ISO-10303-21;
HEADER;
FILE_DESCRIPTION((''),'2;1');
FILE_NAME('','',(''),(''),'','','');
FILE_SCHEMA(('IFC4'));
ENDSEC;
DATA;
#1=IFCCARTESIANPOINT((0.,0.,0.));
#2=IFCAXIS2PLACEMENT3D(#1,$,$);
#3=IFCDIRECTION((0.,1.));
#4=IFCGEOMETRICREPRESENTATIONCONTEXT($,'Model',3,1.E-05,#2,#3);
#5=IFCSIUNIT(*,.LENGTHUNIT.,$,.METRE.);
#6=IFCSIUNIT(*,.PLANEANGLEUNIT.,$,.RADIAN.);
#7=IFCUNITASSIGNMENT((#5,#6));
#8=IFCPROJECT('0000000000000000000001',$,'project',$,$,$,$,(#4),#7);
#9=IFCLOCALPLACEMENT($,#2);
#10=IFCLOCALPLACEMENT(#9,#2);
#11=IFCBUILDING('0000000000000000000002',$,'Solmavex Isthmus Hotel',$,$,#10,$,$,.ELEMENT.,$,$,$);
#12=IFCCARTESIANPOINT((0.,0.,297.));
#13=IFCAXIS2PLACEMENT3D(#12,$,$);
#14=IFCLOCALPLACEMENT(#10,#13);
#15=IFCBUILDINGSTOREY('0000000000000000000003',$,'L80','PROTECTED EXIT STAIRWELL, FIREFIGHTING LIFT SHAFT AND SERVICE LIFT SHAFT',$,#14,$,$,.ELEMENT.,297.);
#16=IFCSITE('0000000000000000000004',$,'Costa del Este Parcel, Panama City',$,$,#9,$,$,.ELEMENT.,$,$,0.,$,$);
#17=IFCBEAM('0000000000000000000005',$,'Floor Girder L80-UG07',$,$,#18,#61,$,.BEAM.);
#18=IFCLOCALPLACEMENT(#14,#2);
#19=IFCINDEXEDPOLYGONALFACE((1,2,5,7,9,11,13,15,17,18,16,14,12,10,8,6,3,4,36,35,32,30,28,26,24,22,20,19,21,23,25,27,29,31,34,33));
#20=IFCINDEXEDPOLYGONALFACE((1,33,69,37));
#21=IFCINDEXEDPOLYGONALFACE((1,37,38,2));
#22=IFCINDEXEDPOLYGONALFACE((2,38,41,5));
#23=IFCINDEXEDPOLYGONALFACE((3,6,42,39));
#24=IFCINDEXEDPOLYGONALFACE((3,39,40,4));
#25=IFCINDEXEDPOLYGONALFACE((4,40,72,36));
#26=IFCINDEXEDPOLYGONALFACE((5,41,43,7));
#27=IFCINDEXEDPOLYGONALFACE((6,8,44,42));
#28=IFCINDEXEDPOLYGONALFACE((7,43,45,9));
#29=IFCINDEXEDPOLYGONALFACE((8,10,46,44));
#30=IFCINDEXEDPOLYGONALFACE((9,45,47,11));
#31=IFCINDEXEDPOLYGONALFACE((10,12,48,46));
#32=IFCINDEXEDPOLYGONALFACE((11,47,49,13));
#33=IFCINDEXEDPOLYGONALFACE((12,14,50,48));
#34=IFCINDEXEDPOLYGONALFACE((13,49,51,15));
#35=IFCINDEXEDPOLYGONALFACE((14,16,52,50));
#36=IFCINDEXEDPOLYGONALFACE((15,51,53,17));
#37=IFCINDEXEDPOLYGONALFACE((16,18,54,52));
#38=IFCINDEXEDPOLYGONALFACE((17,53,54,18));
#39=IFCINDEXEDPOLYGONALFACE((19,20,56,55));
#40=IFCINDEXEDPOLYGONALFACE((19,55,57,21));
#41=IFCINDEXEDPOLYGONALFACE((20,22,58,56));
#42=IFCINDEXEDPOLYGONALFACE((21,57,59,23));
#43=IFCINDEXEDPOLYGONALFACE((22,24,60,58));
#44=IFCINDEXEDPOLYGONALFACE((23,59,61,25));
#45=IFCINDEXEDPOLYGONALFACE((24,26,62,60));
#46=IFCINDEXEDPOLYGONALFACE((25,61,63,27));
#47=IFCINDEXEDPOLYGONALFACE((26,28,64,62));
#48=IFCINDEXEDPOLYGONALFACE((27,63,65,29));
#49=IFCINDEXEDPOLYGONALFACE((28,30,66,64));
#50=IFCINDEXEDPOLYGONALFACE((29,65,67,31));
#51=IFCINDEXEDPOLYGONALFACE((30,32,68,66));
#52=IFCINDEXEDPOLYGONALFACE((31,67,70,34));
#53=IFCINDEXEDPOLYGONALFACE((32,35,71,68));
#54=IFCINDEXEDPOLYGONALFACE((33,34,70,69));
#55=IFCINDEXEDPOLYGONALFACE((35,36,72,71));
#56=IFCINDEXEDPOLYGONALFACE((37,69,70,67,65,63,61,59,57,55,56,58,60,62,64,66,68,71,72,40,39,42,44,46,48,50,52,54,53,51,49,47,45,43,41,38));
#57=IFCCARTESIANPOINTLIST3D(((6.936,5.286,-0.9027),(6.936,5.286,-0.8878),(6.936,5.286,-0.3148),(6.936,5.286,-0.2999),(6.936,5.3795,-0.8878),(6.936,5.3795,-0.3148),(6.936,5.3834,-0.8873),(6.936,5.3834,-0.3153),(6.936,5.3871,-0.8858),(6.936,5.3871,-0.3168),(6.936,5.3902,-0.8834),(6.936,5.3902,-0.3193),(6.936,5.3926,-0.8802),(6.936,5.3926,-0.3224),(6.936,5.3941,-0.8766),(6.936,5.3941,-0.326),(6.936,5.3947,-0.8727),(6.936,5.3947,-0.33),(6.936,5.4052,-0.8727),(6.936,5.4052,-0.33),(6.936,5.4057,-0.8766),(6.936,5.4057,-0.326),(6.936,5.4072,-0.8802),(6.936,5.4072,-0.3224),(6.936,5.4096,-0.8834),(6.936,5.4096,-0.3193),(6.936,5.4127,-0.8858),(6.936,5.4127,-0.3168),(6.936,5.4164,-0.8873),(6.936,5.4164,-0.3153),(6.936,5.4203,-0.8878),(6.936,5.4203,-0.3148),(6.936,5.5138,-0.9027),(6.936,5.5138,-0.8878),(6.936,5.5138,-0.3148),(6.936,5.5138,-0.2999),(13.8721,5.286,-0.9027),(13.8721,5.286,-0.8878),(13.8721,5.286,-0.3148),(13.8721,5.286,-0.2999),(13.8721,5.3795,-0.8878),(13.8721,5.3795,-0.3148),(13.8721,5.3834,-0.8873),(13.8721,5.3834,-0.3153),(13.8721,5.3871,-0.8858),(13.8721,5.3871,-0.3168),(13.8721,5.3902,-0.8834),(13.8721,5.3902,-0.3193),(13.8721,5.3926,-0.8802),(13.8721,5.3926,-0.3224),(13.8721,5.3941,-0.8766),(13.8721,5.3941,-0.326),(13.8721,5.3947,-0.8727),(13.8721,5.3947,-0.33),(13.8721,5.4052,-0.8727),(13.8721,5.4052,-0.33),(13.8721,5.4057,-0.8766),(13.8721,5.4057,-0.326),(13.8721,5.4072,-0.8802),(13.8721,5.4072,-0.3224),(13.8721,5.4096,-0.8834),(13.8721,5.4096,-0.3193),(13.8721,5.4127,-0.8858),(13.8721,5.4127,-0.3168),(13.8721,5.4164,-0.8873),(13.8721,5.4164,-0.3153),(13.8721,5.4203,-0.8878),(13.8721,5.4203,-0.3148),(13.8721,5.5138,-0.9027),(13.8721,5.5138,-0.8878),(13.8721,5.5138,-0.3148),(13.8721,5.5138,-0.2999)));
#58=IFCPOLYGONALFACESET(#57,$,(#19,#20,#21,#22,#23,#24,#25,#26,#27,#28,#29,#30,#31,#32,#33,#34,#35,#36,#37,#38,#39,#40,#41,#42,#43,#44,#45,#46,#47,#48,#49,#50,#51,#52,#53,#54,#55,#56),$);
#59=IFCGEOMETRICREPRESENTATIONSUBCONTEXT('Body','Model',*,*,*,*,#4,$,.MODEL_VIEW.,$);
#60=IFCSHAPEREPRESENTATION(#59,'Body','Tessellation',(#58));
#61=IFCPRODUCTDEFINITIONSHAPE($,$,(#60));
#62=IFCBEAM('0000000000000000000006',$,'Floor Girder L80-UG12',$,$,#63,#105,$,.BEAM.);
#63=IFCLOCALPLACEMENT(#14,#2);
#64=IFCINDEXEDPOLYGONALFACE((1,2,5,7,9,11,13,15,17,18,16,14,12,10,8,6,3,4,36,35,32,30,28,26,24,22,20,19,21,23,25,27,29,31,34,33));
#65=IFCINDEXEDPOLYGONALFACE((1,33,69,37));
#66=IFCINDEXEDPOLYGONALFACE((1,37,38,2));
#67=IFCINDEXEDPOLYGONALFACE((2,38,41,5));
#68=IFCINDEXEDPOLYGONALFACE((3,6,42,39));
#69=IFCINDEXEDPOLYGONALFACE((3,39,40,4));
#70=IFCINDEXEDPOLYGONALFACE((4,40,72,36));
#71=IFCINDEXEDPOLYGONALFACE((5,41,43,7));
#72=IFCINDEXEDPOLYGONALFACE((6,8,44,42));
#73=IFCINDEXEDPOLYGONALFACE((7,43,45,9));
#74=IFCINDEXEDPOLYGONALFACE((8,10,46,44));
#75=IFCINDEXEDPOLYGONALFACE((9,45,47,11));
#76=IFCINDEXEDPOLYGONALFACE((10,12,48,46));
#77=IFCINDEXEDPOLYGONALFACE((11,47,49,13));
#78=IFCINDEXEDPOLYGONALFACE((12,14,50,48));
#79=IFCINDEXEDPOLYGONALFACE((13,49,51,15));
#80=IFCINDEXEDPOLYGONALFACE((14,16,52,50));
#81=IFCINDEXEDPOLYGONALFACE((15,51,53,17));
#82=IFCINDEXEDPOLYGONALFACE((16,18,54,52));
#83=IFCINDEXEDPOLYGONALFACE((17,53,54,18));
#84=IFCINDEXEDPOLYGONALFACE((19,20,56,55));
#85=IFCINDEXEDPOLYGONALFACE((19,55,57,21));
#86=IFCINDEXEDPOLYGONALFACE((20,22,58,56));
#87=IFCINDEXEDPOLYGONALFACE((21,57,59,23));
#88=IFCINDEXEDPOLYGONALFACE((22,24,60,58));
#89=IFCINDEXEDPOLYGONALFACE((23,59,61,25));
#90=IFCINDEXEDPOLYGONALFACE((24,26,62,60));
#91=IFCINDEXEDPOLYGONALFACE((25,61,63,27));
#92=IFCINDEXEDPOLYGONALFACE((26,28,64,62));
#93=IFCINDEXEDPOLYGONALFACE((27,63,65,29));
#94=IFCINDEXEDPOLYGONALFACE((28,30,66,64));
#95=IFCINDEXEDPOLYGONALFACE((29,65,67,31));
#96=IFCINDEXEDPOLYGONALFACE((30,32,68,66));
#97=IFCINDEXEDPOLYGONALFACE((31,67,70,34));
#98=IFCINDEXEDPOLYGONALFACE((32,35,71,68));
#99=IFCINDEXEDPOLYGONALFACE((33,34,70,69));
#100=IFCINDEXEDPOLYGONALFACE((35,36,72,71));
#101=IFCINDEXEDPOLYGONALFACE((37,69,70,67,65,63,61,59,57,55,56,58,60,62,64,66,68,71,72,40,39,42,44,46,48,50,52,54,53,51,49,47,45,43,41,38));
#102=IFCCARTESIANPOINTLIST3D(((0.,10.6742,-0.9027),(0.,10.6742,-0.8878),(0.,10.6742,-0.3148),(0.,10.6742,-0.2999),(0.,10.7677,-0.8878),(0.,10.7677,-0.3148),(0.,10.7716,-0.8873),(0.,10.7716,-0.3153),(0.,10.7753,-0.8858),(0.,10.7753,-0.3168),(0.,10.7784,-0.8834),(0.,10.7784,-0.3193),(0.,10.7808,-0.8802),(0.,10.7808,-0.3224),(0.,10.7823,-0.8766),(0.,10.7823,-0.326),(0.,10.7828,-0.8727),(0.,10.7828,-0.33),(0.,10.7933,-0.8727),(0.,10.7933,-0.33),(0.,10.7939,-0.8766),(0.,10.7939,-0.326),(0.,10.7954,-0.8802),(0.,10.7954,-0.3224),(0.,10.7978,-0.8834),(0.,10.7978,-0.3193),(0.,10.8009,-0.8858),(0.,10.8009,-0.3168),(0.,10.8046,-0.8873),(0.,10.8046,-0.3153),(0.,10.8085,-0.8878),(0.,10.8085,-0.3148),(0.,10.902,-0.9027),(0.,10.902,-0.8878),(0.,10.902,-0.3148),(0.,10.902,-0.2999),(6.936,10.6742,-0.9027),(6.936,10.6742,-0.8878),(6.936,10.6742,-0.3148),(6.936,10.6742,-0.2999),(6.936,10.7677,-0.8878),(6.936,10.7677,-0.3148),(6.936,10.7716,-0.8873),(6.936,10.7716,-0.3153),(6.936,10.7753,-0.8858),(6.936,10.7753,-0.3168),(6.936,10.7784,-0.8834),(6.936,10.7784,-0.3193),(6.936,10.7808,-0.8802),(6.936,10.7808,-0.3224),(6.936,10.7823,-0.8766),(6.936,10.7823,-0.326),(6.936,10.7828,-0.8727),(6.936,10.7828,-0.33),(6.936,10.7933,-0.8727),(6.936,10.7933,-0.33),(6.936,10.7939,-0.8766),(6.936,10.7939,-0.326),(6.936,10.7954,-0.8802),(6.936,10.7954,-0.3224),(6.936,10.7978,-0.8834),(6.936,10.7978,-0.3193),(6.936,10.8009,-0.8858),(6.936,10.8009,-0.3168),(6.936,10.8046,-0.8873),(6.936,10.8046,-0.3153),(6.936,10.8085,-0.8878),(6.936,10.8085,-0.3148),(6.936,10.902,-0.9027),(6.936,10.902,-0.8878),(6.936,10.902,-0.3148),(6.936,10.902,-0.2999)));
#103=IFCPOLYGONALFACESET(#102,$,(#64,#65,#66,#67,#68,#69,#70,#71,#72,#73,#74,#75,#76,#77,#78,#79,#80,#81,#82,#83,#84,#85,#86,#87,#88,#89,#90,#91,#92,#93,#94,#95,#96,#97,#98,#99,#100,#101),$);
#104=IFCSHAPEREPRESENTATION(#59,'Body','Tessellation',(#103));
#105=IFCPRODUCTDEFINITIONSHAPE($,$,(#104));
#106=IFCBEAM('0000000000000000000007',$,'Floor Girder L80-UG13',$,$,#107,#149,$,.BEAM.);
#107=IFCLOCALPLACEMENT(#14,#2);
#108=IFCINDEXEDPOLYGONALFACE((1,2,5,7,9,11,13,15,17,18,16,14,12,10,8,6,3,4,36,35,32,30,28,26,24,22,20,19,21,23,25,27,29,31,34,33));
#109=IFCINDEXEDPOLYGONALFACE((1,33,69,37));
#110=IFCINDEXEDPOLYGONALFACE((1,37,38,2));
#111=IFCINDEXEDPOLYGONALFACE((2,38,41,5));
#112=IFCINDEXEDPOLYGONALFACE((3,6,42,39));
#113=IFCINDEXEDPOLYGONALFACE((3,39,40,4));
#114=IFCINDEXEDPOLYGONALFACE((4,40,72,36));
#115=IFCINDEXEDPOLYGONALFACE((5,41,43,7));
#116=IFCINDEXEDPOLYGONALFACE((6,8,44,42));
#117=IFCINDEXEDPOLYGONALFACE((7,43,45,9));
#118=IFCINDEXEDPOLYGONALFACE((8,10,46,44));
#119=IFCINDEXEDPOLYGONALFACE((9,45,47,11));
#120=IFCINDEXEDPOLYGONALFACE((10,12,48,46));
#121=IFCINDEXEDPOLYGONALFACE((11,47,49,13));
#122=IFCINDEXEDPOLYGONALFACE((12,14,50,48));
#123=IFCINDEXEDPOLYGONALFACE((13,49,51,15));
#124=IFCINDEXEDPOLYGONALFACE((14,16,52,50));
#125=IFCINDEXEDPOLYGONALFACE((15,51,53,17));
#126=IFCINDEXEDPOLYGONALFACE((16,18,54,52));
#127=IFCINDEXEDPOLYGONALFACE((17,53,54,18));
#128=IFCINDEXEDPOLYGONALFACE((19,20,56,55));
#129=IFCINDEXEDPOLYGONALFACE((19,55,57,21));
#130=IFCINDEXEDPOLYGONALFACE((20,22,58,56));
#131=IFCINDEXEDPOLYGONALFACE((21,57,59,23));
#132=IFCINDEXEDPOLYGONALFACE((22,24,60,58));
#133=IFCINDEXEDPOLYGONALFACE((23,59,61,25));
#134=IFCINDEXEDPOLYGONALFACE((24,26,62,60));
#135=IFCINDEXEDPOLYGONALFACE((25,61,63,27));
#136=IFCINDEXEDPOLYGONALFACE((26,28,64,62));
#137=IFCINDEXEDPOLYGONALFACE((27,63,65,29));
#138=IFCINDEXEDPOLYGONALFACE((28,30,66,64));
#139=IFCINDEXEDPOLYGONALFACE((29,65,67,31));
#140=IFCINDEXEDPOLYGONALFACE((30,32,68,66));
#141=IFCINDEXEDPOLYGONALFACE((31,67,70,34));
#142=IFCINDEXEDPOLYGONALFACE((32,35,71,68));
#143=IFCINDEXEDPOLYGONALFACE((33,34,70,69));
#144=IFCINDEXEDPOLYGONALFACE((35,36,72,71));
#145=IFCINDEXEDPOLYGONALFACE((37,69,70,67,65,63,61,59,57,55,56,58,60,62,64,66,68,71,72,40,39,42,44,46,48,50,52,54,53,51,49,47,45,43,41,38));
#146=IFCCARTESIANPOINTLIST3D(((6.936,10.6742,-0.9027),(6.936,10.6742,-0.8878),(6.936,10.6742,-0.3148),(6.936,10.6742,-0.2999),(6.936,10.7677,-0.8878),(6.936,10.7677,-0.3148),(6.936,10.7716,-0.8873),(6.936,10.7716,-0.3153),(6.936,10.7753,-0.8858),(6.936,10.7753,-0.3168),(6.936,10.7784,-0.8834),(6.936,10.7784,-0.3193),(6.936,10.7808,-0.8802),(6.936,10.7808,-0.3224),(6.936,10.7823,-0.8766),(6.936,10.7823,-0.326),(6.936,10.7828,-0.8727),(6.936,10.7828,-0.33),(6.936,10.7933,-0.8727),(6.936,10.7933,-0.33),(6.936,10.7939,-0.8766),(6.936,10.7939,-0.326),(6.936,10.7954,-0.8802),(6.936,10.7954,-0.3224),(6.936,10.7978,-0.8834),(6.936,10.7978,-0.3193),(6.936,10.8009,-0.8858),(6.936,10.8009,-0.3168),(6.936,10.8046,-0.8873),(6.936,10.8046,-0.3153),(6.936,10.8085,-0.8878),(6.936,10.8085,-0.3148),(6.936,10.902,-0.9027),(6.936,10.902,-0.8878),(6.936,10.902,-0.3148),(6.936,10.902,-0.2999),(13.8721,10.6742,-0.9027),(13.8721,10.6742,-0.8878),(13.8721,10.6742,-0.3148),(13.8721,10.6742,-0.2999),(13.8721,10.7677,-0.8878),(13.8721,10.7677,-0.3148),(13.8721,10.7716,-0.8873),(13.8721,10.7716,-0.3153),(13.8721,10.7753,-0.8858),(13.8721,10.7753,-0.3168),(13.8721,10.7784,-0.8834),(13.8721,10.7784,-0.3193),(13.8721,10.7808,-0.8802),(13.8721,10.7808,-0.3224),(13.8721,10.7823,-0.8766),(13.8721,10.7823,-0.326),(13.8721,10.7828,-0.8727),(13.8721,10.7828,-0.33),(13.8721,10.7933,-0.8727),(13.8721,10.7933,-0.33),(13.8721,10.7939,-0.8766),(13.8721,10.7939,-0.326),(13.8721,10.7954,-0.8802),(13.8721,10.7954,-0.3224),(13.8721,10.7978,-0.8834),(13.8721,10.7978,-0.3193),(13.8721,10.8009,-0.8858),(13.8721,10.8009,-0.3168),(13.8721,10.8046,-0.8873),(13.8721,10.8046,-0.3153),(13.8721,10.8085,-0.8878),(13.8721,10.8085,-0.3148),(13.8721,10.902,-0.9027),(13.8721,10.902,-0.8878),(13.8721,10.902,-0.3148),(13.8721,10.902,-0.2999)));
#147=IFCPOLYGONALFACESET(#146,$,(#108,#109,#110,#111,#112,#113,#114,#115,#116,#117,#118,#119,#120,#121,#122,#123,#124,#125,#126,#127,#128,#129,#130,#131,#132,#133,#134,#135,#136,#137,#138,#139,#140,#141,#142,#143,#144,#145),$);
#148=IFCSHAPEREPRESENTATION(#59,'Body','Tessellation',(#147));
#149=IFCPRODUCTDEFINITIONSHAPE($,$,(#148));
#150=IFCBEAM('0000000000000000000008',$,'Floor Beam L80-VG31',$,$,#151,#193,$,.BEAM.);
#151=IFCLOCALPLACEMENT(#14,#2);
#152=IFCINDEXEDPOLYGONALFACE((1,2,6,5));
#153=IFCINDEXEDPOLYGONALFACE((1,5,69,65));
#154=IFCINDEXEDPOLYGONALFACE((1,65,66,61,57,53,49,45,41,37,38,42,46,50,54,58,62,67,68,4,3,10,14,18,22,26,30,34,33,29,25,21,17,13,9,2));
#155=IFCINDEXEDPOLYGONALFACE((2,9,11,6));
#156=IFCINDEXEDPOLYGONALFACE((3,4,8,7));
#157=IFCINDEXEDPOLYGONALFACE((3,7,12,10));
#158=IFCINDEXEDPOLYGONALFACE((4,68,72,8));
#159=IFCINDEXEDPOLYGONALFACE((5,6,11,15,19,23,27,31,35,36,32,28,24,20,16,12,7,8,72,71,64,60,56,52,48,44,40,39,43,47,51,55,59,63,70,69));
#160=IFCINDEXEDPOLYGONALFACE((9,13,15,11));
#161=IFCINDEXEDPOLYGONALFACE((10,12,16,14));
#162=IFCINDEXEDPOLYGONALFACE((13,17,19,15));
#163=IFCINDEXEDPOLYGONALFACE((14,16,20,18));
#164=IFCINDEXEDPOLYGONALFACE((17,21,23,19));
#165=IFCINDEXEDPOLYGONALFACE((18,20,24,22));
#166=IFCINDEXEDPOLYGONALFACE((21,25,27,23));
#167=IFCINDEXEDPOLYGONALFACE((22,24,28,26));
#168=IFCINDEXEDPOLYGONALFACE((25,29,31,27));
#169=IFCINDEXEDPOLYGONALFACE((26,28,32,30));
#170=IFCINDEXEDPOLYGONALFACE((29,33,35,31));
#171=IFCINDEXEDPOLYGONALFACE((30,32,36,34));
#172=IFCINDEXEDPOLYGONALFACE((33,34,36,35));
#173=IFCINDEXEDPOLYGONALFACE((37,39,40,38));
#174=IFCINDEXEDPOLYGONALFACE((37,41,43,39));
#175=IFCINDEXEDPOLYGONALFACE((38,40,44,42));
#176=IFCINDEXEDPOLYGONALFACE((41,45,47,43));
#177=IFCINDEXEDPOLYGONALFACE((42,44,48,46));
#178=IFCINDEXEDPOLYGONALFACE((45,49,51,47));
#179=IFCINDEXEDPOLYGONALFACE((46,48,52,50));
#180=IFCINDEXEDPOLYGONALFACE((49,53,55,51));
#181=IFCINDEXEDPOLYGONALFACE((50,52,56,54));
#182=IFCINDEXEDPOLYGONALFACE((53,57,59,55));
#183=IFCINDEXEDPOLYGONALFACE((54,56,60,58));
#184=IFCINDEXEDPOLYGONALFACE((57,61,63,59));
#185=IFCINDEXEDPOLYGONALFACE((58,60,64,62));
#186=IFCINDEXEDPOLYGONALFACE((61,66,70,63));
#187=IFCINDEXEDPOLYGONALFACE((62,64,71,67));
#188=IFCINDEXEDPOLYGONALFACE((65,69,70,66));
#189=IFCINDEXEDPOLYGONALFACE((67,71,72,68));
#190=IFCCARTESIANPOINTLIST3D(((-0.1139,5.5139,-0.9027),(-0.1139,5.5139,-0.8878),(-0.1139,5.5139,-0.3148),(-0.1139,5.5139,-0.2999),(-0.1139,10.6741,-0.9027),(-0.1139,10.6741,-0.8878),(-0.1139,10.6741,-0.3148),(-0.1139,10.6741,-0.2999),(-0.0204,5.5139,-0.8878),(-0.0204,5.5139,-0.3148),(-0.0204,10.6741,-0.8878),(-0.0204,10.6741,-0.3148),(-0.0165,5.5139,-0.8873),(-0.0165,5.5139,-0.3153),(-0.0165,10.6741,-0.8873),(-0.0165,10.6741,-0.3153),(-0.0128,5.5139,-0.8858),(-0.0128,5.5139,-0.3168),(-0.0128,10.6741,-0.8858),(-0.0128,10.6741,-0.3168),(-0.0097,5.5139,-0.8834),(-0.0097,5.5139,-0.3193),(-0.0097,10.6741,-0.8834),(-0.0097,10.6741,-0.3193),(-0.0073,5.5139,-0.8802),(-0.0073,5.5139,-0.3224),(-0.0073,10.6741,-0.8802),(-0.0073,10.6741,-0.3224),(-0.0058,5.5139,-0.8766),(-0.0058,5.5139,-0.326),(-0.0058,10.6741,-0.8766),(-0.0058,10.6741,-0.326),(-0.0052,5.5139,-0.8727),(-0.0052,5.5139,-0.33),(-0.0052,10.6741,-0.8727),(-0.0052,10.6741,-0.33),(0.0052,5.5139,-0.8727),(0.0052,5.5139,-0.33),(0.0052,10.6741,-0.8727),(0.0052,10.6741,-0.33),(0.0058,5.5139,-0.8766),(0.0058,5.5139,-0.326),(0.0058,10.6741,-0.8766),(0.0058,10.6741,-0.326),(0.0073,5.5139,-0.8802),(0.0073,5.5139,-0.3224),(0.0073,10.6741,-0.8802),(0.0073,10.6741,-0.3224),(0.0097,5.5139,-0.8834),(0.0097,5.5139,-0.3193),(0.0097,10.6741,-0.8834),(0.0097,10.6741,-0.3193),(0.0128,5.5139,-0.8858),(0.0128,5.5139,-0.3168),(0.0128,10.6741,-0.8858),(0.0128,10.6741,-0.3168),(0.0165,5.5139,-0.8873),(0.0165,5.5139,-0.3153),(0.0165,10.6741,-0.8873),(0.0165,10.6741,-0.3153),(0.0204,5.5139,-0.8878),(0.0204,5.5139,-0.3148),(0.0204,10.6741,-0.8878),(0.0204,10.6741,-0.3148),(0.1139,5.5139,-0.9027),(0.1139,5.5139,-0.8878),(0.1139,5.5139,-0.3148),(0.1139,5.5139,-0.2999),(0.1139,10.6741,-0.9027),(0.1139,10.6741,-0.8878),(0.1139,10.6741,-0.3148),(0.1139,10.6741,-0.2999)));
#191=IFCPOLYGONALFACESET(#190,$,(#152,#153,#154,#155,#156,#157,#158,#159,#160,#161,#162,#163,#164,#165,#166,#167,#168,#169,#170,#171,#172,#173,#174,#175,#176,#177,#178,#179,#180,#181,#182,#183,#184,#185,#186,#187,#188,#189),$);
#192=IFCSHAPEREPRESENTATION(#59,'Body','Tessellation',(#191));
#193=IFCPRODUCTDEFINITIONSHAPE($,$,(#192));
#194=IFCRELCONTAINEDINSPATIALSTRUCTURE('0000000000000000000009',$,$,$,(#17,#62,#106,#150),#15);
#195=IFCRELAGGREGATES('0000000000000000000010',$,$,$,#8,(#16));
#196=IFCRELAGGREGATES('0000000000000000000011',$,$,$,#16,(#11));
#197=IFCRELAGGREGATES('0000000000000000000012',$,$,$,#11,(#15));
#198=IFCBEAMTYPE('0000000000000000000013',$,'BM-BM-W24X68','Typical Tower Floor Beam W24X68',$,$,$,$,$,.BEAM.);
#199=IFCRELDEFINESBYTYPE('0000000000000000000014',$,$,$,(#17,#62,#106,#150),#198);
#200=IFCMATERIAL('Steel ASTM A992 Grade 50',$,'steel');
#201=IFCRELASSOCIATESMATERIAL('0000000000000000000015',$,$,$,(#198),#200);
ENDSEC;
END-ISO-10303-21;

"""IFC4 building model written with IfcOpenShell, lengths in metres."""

from ifc_helpers import new_model, si_unit, direction, frame, origin, origin_2d, place, context, subcontext, project, spatial, i_section, extrude, material, material_profile, profile_set, type_object, element, save


model = new_model("IFC4")

# Units and contexts
model_context = context("Model", 3, precision=1e-05, world=origin(), true_north=direction((0.0, 1.0)))
body_context = subcontext(model_context, "Body", "Model", "MODEL_VIEW")
ifc_project = project(units=[si_unit("LENGTHUNIT", "METRE"), si_unit("PLANEANGLEUNIT", "RADIAN")], contexts=[model_context])

# Site, building, storey
site_placement = place(None, origin())
site = spatial("IfcSite", under=ifc_project, at=site_placement, Name="Costa del Este Parcel, Panama City", CompositionType="ELEMENT", RefElevation=0.0)
building_placement = place(site_placement, origin())
building = spatial("IfcBuilding", under=site, at=building_placement, Name="Solmavex Isthmus Hotel", CompositionType="ELEMENT")
storey_placement = place(building_placement, frame((0.0, 0.0, 297.0)))
storey = spatial("IfcBuildingStorey", under=building, at=storey_placement, Name="L80", Description="PROTECTED EXIT STAIRWELL, FIREFIGHTING LIFT SHAFT AND SERVICE LIFT SHAFT", CompositionType="ELEMENT", Elevation=297.0)

# Beams
ifc_material_1 = material(Name="Steel ASTM A992 Grade 50", Category="steel")
ifc_material_profile_1 = material_profile(ifc_material_1, i_section(OverallWidth=0.2278, OverallDepth=0.6028, WebThickness=0.0105, FlangeThickness=0.0149, FilletRadius=0.0151, at=origin_2d()), Name="W24X68")
ifc_profile_set_1 = profile_set([ifc_material_profile_1], Name="Steel ASTM A992 Grade 50")
beam_type_1 = type_object("IfcBeamType", Name="BM-BM-W24X68", Description="Typical Tower Floor Beam W24X68", PredefinedType="BEAM", material=ifc_profile_set_1)
for number, where, z_axis, x_axis, name in (
    (1, (6.936, 5.3999, -0.6013), (1.0, 0.0, 0.0), (0.0, 1.0, 0.0), "Floor Girder L80-UG07"),
    (2, (0.0, 10.7881, -0.6013), (1.0, 0.0, 0.0), (0.0, 1.0, 0.0), "Floor Girder L80-UG12"),
    (3, (6.936, 10.7881, -0.6013), (1.0, 0.0, 0.0), (0.0, 1.0, 0.0), "Floor Girder L80-UG13"),
):
    element("IfcBeam", number, at=place(storey_placement, frame(where, z_axis=z_axis, x_axis=x_axis)), inside=storey, type_object=beam_type_1, Name=name, PredefinedType="BEAM", context=body_context, shape_type="SweptSolid", body=[
        extrude(i_section(OverallWidth=0.2278, OverallDepth=0.6028, WebThickness=0.0105, FlangeThickness=0.0149, FilletRadius=0.0151, at=origin_2d()), origin(), (0.0, 0.0, 1.0), 6.936),
    ])
beam_1_placement = place(storey_placement, frame((0.0, 5.5139, -0.6013), z_axis=(0.0, 1.0, 0.0), x_axis=(-1.0, 0.0, 0.0)))
element("IfcBeam", 4, at=beam_1_placement, inside=storey, type_object=beam_type_1, Name="Floor Beam L80-VG31", PredefinedType="BEAM", context=body_context, shape_type="SweptSolid", body=[
    extrude(i_section(OverallWidth=0.2278, OverallDepth=0.6028, WebThickness=0.0105, FlangeThickness=0.0149, FilletRadius=0.0151, at=origin_2d()), origin(), (0.0, 0.0, 1.0), 5.1602),
])

save(model, "model.ifc")
